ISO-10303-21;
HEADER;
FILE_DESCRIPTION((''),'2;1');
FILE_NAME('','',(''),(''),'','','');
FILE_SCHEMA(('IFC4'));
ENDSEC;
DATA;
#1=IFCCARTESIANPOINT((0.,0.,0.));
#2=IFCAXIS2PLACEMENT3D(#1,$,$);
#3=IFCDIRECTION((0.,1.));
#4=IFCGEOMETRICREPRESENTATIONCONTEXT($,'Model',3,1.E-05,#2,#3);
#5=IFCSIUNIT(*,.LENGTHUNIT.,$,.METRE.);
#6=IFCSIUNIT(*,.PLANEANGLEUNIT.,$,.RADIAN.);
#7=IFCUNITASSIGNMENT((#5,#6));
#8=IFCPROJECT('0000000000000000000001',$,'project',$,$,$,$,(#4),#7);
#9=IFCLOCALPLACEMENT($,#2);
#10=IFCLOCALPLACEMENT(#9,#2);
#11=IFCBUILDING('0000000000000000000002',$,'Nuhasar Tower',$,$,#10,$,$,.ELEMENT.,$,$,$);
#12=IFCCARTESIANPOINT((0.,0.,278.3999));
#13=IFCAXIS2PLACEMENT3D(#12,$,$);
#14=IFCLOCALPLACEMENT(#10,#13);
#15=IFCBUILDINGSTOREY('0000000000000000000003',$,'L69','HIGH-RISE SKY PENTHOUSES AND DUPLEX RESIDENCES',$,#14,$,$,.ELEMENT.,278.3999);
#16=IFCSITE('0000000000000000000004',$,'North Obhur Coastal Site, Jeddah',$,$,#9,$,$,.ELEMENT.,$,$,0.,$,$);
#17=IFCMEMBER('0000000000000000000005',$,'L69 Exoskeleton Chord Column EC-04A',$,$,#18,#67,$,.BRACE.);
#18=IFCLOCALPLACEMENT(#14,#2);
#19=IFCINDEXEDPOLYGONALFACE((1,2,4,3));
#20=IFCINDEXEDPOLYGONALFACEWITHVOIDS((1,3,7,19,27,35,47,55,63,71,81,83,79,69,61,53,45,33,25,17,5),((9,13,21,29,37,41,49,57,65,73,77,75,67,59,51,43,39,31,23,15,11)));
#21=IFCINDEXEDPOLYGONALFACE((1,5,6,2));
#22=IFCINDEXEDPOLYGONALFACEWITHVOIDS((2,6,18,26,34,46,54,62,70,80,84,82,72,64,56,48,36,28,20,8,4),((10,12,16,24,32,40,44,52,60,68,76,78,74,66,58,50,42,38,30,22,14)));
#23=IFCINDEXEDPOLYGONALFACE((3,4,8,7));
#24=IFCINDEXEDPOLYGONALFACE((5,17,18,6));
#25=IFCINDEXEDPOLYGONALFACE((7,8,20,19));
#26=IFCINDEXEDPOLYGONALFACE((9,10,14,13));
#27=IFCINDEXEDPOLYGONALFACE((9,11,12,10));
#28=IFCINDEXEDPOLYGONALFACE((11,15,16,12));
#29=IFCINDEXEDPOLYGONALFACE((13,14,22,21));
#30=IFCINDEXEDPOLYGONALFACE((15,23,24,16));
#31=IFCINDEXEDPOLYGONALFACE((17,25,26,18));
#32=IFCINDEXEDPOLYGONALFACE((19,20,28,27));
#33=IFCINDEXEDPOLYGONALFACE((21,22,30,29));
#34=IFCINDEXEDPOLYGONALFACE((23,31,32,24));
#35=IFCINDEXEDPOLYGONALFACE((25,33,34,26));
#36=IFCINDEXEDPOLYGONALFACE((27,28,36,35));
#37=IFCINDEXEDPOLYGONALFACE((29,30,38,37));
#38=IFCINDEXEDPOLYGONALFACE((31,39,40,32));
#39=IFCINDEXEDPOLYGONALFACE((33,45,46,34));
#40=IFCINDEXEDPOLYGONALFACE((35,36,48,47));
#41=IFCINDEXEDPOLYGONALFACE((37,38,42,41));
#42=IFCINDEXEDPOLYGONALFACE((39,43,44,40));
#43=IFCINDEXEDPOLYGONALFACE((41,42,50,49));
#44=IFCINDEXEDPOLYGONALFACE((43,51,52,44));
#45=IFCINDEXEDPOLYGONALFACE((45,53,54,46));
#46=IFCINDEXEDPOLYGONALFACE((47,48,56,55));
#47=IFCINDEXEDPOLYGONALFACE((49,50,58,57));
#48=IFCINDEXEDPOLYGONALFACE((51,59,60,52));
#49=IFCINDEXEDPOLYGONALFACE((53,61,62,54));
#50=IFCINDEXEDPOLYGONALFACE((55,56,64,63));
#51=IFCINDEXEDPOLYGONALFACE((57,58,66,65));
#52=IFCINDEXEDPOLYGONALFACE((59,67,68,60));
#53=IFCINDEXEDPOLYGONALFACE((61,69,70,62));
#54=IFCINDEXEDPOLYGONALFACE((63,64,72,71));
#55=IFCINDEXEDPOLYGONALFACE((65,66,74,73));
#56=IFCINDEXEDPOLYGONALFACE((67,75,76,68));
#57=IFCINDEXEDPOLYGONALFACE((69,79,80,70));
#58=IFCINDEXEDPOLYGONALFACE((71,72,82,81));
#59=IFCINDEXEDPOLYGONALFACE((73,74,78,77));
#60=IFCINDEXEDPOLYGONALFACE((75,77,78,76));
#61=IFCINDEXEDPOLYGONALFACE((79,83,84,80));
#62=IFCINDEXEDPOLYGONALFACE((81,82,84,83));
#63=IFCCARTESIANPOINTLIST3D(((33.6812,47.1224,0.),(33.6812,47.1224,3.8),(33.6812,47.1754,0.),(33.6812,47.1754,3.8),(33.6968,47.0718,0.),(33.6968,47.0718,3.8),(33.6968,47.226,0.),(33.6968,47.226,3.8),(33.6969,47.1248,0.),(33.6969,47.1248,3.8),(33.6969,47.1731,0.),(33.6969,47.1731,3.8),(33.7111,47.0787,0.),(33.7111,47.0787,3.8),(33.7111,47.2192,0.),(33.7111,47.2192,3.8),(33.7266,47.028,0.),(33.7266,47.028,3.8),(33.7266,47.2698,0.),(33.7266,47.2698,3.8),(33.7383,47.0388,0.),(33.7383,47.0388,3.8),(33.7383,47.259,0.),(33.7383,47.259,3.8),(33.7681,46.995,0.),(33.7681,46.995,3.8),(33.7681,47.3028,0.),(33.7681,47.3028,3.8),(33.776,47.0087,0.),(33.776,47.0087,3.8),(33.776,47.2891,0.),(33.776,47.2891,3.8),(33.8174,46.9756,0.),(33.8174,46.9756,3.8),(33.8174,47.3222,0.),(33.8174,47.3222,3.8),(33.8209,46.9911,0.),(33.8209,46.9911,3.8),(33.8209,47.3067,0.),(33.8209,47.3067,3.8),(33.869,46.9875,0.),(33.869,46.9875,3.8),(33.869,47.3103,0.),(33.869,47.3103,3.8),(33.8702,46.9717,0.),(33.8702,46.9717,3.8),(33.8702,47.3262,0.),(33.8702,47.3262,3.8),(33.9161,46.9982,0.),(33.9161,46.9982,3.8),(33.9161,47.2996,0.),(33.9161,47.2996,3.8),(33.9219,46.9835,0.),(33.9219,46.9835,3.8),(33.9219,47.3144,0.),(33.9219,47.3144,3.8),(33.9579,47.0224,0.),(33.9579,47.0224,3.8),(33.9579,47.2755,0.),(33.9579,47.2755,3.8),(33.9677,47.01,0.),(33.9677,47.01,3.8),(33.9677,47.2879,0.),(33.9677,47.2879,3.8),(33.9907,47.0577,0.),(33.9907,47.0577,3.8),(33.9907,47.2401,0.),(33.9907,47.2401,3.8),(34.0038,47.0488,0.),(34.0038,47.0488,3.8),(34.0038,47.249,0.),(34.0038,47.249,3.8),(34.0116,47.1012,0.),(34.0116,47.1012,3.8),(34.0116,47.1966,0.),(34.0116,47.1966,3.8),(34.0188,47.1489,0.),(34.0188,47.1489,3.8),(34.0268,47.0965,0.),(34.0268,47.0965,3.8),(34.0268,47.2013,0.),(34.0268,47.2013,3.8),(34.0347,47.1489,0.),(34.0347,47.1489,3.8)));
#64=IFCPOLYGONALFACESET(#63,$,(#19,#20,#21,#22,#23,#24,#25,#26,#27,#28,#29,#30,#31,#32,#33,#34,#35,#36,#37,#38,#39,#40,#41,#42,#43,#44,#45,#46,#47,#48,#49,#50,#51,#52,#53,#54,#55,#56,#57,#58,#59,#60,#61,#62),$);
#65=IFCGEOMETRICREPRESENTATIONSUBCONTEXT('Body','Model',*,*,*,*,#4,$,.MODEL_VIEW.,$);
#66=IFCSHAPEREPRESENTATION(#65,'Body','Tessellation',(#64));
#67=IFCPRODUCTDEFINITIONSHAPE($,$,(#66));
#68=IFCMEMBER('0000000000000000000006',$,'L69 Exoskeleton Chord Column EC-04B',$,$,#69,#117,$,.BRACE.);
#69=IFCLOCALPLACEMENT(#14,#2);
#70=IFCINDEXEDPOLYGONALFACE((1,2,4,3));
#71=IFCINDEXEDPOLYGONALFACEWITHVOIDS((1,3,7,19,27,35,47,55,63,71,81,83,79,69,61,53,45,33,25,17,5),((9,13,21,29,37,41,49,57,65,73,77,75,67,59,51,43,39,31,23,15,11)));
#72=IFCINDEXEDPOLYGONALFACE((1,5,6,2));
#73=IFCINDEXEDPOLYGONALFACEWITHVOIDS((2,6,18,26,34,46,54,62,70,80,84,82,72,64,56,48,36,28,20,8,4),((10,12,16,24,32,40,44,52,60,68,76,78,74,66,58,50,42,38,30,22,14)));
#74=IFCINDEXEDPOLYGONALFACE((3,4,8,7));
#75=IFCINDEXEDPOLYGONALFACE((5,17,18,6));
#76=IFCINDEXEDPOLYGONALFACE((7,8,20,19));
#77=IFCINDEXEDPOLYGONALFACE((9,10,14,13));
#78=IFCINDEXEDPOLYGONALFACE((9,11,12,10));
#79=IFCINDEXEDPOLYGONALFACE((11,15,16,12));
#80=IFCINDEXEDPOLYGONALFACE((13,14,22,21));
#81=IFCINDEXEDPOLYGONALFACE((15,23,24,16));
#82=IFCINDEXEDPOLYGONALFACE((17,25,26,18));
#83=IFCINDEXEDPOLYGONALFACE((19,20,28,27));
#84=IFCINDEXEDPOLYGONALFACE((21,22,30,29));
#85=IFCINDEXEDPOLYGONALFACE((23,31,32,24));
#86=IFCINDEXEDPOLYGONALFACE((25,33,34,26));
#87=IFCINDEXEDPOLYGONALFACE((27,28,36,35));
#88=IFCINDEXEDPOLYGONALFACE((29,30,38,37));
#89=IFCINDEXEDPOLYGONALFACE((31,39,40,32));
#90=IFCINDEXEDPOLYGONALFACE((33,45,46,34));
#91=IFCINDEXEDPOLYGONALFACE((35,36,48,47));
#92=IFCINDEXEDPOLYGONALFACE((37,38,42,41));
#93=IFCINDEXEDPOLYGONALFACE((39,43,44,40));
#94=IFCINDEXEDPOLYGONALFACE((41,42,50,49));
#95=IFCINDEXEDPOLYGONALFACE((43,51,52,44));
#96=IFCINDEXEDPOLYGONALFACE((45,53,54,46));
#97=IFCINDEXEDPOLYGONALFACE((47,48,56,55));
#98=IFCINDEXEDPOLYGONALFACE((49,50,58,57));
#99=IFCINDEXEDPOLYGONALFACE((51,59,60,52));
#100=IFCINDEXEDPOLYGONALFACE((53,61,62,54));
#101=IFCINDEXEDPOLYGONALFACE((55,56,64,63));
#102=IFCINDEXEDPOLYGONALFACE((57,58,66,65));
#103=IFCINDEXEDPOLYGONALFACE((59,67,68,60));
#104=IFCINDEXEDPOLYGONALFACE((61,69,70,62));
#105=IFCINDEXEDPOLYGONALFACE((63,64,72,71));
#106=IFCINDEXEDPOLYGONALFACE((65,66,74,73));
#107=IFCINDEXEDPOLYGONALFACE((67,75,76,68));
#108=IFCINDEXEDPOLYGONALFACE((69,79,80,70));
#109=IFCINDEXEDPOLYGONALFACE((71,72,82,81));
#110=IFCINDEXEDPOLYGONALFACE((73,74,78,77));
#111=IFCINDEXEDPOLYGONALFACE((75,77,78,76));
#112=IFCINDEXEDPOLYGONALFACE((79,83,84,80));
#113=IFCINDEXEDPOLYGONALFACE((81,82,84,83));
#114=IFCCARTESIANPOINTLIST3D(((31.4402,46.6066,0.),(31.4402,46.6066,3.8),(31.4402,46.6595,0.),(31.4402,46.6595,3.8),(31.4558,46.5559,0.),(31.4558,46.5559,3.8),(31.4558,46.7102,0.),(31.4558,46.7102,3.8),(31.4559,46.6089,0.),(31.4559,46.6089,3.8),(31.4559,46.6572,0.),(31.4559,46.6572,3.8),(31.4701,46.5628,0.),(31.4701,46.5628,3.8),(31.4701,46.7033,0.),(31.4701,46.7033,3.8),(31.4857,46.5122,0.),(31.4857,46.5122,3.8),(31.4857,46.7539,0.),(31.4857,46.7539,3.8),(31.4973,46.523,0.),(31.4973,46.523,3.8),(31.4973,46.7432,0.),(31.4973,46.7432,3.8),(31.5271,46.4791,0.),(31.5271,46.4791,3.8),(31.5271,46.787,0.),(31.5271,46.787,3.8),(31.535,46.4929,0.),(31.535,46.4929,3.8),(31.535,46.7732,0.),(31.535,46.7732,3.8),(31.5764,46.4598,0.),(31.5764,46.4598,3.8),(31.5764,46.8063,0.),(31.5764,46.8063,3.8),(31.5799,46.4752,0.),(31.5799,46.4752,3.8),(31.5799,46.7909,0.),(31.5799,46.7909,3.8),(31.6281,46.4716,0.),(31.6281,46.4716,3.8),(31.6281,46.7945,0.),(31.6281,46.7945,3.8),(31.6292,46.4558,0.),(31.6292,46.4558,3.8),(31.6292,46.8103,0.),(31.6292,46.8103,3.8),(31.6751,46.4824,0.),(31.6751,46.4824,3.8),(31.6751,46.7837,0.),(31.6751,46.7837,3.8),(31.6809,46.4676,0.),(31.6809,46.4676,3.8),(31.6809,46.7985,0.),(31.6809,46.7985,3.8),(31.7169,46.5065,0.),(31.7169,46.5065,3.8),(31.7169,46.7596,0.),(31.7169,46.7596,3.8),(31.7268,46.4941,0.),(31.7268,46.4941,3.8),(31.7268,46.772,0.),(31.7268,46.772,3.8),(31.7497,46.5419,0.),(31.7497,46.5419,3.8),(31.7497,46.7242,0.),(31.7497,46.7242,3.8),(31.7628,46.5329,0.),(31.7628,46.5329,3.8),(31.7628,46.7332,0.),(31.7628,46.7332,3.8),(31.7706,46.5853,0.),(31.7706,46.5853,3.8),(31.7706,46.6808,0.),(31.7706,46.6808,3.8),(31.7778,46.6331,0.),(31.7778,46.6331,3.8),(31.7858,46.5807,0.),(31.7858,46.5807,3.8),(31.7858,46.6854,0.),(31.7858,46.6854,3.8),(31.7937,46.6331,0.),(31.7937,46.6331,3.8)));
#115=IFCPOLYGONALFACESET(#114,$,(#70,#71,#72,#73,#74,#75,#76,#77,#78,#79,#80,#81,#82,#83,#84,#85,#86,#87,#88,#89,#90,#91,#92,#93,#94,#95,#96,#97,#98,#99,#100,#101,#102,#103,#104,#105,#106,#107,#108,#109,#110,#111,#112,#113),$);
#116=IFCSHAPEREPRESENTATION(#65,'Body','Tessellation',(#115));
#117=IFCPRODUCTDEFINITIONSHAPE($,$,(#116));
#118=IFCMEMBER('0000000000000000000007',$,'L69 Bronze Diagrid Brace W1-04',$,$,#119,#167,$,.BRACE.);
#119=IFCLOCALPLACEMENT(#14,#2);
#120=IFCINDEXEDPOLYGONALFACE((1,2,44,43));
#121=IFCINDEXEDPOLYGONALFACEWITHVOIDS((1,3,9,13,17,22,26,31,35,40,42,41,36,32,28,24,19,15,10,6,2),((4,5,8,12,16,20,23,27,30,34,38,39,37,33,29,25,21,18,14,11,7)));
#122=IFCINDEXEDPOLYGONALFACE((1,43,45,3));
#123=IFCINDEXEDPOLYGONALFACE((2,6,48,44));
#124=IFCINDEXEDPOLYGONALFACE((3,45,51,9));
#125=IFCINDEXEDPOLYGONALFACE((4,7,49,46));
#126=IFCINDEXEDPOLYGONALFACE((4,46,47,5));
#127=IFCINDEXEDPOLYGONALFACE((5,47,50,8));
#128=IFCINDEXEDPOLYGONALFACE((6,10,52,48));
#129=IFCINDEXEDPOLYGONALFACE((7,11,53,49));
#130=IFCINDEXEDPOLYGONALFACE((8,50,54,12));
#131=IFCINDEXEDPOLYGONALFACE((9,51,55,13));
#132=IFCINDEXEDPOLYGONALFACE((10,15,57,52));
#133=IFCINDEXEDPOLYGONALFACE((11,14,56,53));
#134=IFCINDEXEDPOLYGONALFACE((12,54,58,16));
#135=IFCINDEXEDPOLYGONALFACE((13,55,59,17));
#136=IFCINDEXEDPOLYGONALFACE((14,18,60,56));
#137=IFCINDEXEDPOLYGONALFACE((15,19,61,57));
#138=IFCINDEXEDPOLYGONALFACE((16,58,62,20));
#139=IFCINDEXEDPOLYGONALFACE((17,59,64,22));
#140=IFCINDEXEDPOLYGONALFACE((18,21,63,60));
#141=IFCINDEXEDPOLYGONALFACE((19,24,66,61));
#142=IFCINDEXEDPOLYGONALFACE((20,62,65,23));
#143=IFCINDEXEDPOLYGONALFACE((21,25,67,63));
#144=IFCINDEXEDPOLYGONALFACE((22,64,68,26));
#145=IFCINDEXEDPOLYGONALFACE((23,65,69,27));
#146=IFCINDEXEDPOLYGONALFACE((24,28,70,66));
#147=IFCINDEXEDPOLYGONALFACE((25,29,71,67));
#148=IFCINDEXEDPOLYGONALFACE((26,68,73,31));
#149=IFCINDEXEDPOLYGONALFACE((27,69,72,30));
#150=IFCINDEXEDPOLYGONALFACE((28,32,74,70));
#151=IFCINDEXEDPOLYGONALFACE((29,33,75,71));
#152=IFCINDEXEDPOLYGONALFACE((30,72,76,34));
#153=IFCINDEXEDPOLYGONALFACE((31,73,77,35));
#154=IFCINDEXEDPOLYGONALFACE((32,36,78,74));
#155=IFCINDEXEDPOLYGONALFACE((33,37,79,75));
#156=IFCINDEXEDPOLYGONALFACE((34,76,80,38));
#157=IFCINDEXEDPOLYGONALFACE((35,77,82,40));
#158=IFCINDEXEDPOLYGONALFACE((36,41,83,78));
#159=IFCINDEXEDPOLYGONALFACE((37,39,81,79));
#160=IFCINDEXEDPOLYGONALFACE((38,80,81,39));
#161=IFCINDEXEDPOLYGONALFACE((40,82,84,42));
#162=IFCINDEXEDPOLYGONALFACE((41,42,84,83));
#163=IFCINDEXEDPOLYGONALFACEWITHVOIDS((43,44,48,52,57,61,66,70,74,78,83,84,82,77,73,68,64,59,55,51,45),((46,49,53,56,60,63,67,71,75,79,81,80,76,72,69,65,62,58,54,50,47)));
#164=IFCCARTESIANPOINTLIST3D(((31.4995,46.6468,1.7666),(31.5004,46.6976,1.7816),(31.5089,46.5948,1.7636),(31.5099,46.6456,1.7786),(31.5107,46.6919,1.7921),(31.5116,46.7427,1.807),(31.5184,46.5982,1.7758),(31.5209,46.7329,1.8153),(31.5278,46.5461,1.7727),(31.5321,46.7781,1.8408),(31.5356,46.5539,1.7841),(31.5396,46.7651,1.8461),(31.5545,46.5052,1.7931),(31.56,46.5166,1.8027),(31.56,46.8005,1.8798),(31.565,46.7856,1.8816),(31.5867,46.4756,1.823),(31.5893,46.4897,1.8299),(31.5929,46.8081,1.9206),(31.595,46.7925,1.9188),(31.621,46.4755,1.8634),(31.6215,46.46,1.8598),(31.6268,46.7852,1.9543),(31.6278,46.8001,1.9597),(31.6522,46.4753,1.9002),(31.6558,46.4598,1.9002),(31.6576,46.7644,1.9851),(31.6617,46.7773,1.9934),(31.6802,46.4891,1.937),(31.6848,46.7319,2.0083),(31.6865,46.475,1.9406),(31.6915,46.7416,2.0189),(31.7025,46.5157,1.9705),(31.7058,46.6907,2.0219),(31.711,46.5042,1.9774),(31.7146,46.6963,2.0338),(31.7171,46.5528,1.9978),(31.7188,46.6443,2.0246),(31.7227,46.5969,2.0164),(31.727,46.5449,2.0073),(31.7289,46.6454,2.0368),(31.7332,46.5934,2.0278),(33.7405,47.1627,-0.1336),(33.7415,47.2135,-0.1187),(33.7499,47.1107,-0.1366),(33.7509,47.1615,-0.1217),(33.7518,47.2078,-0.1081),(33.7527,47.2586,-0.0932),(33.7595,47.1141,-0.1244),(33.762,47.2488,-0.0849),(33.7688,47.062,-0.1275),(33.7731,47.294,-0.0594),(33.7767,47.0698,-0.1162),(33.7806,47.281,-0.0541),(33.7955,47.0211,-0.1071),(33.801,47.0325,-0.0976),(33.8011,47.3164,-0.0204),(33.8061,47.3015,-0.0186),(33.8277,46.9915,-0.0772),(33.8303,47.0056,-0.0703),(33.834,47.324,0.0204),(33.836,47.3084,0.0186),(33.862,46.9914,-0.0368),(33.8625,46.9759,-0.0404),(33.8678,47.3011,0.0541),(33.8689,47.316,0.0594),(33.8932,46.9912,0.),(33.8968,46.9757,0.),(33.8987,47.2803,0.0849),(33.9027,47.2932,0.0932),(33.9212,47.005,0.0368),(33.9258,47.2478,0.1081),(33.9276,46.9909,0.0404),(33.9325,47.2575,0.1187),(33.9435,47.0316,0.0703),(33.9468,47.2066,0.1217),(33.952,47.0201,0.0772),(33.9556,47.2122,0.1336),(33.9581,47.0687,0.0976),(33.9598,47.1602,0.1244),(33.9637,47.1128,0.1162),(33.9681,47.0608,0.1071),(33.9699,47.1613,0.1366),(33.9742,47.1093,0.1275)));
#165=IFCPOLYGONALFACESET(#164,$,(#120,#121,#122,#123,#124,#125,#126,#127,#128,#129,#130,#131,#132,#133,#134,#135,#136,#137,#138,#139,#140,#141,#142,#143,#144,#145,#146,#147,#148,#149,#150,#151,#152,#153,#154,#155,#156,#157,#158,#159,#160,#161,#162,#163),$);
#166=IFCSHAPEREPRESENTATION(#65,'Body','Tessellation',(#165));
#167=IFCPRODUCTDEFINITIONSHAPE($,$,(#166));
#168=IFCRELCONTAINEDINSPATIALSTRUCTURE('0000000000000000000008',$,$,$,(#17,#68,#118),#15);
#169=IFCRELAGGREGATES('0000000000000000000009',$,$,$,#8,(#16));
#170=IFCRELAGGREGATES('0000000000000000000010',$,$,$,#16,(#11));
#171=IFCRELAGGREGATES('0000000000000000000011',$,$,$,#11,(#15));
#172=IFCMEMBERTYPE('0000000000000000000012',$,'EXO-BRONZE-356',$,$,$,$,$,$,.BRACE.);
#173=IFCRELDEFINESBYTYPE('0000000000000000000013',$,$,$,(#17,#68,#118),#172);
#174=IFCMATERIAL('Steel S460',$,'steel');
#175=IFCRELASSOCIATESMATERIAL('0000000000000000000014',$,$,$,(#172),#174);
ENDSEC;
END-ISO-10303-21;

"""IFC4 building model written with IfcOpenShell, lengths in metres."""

from ifc_helpers import new_model, si_unit, direction, frame, origin, origin_2d, place, context, subcontext, project, spatial, hollow_circle, extrude, material, material_profile, profile_set, type_object, element, save


model = new_model("IFC4")

# Units and contexts
model_context = context("Model", 3, precision=1e-05, world=origin(), true_north=direction((0.0, 1.0)))
body_context = subcontext(model_context, "Body", "Model", "MODEL_VIEW")
ifc_project = project(units=[si_unit("LENGTHUNIT", "METRE"), si_unit("PLANEANGLEUNIT", "RADIAN")], contexts=[model_context])

# Site, building, storey
site_placement = place(None, origin())
site = spatial("IfcSite", under=ifc_project, at=site_placement, Name="North Obhur Coastal Site, Jeddah", CompositionType="ELEMENT", RefElevation=0.0)
building_placement = place(site_placement, origin())
building = spatial("IfcBuilding", under=site, at=building_placement, Name="Nuhasar Tower", CompositionType="ELEMENT")
storey_placement = place(building_placement, frame((0.0, 0.0, 278.3999)))
storey = spatial("IfcBuildingStorey", under=building, at=storey_placement, Name="L69", Description="HIGH-RISE SKY PENTHOUSES AND DUPLEX RESIDENCES", CompositionType="ELEMENT", Elevation=278.3999)

# Members
ifc_material_1 = material(Name="Steel S460", Category="steel")
ifc_material_profile_1 = material_profile(ifc_material_1, hollow_circle(Radius=0.1777, WallThickness=0.0159, at=origin_2d()), Name="HSS355.6X15.9")
ifc_profile_set_1 = profile_set([ifc_material_profile_1], Name="Steel S460")
member_type = type_object("IfcMemberType", Name="EXO-BRONZE-356", PredefinedType="BRACE", material=ifc_profile_set_1)
for number, where, z_axis, x_axis, name in (
    (1, (33.8569, 47.1489, 0.0), (0.0, 0.0, 1.0), (1.0, 0.0, 0.0), "L69 Exoskeleton Chord Column EC-04A"),
    (2, (31.616, 46.6331, 0.0), (0.0, 0.0, 1.0), (1.0, 0.0, 0.0), "L69 Exoskeleton Chord Column EC-04B"),
):
    element("IfcMember", number, at=place(storey_placement, frame(where, z_axis=z_axis, x_axis=x_axis)), inside=storey, type_object=member_type, Name=name, PredefinedType="BRACE", context=body_context, shape_type="SweptSolid", body=[
        extrude(hollow_circle(Radius=0.1777, WallThickness=0.0159, at=origin_2d()), origin(), (0.0, 0.0, 1.0), 3.8),
    ])
member_1_placement = place(storey_placement, frame((33.8569, 47.1489, 0.0), z_axis=(-0.751232, -0.172933, 0.63698), x_axis=(0.224332, -0.974513, 0.0)))
element("IfcMember", 3, at=member_1_placement, inside=storey, type_object=member_type, Name="L69 Bronze Diagrid Brace W1-04", PredefinedType="BRACE", context=body_context, shape_type="SweptSolid", body=[
    extrude(hollow_circle(Radius=0.1777, WallThickness=0.0159, at=origin_2d()), origin(), (0.0, 0.0, 1.0), 2.9832),
])

save(model, "model.ifc")
